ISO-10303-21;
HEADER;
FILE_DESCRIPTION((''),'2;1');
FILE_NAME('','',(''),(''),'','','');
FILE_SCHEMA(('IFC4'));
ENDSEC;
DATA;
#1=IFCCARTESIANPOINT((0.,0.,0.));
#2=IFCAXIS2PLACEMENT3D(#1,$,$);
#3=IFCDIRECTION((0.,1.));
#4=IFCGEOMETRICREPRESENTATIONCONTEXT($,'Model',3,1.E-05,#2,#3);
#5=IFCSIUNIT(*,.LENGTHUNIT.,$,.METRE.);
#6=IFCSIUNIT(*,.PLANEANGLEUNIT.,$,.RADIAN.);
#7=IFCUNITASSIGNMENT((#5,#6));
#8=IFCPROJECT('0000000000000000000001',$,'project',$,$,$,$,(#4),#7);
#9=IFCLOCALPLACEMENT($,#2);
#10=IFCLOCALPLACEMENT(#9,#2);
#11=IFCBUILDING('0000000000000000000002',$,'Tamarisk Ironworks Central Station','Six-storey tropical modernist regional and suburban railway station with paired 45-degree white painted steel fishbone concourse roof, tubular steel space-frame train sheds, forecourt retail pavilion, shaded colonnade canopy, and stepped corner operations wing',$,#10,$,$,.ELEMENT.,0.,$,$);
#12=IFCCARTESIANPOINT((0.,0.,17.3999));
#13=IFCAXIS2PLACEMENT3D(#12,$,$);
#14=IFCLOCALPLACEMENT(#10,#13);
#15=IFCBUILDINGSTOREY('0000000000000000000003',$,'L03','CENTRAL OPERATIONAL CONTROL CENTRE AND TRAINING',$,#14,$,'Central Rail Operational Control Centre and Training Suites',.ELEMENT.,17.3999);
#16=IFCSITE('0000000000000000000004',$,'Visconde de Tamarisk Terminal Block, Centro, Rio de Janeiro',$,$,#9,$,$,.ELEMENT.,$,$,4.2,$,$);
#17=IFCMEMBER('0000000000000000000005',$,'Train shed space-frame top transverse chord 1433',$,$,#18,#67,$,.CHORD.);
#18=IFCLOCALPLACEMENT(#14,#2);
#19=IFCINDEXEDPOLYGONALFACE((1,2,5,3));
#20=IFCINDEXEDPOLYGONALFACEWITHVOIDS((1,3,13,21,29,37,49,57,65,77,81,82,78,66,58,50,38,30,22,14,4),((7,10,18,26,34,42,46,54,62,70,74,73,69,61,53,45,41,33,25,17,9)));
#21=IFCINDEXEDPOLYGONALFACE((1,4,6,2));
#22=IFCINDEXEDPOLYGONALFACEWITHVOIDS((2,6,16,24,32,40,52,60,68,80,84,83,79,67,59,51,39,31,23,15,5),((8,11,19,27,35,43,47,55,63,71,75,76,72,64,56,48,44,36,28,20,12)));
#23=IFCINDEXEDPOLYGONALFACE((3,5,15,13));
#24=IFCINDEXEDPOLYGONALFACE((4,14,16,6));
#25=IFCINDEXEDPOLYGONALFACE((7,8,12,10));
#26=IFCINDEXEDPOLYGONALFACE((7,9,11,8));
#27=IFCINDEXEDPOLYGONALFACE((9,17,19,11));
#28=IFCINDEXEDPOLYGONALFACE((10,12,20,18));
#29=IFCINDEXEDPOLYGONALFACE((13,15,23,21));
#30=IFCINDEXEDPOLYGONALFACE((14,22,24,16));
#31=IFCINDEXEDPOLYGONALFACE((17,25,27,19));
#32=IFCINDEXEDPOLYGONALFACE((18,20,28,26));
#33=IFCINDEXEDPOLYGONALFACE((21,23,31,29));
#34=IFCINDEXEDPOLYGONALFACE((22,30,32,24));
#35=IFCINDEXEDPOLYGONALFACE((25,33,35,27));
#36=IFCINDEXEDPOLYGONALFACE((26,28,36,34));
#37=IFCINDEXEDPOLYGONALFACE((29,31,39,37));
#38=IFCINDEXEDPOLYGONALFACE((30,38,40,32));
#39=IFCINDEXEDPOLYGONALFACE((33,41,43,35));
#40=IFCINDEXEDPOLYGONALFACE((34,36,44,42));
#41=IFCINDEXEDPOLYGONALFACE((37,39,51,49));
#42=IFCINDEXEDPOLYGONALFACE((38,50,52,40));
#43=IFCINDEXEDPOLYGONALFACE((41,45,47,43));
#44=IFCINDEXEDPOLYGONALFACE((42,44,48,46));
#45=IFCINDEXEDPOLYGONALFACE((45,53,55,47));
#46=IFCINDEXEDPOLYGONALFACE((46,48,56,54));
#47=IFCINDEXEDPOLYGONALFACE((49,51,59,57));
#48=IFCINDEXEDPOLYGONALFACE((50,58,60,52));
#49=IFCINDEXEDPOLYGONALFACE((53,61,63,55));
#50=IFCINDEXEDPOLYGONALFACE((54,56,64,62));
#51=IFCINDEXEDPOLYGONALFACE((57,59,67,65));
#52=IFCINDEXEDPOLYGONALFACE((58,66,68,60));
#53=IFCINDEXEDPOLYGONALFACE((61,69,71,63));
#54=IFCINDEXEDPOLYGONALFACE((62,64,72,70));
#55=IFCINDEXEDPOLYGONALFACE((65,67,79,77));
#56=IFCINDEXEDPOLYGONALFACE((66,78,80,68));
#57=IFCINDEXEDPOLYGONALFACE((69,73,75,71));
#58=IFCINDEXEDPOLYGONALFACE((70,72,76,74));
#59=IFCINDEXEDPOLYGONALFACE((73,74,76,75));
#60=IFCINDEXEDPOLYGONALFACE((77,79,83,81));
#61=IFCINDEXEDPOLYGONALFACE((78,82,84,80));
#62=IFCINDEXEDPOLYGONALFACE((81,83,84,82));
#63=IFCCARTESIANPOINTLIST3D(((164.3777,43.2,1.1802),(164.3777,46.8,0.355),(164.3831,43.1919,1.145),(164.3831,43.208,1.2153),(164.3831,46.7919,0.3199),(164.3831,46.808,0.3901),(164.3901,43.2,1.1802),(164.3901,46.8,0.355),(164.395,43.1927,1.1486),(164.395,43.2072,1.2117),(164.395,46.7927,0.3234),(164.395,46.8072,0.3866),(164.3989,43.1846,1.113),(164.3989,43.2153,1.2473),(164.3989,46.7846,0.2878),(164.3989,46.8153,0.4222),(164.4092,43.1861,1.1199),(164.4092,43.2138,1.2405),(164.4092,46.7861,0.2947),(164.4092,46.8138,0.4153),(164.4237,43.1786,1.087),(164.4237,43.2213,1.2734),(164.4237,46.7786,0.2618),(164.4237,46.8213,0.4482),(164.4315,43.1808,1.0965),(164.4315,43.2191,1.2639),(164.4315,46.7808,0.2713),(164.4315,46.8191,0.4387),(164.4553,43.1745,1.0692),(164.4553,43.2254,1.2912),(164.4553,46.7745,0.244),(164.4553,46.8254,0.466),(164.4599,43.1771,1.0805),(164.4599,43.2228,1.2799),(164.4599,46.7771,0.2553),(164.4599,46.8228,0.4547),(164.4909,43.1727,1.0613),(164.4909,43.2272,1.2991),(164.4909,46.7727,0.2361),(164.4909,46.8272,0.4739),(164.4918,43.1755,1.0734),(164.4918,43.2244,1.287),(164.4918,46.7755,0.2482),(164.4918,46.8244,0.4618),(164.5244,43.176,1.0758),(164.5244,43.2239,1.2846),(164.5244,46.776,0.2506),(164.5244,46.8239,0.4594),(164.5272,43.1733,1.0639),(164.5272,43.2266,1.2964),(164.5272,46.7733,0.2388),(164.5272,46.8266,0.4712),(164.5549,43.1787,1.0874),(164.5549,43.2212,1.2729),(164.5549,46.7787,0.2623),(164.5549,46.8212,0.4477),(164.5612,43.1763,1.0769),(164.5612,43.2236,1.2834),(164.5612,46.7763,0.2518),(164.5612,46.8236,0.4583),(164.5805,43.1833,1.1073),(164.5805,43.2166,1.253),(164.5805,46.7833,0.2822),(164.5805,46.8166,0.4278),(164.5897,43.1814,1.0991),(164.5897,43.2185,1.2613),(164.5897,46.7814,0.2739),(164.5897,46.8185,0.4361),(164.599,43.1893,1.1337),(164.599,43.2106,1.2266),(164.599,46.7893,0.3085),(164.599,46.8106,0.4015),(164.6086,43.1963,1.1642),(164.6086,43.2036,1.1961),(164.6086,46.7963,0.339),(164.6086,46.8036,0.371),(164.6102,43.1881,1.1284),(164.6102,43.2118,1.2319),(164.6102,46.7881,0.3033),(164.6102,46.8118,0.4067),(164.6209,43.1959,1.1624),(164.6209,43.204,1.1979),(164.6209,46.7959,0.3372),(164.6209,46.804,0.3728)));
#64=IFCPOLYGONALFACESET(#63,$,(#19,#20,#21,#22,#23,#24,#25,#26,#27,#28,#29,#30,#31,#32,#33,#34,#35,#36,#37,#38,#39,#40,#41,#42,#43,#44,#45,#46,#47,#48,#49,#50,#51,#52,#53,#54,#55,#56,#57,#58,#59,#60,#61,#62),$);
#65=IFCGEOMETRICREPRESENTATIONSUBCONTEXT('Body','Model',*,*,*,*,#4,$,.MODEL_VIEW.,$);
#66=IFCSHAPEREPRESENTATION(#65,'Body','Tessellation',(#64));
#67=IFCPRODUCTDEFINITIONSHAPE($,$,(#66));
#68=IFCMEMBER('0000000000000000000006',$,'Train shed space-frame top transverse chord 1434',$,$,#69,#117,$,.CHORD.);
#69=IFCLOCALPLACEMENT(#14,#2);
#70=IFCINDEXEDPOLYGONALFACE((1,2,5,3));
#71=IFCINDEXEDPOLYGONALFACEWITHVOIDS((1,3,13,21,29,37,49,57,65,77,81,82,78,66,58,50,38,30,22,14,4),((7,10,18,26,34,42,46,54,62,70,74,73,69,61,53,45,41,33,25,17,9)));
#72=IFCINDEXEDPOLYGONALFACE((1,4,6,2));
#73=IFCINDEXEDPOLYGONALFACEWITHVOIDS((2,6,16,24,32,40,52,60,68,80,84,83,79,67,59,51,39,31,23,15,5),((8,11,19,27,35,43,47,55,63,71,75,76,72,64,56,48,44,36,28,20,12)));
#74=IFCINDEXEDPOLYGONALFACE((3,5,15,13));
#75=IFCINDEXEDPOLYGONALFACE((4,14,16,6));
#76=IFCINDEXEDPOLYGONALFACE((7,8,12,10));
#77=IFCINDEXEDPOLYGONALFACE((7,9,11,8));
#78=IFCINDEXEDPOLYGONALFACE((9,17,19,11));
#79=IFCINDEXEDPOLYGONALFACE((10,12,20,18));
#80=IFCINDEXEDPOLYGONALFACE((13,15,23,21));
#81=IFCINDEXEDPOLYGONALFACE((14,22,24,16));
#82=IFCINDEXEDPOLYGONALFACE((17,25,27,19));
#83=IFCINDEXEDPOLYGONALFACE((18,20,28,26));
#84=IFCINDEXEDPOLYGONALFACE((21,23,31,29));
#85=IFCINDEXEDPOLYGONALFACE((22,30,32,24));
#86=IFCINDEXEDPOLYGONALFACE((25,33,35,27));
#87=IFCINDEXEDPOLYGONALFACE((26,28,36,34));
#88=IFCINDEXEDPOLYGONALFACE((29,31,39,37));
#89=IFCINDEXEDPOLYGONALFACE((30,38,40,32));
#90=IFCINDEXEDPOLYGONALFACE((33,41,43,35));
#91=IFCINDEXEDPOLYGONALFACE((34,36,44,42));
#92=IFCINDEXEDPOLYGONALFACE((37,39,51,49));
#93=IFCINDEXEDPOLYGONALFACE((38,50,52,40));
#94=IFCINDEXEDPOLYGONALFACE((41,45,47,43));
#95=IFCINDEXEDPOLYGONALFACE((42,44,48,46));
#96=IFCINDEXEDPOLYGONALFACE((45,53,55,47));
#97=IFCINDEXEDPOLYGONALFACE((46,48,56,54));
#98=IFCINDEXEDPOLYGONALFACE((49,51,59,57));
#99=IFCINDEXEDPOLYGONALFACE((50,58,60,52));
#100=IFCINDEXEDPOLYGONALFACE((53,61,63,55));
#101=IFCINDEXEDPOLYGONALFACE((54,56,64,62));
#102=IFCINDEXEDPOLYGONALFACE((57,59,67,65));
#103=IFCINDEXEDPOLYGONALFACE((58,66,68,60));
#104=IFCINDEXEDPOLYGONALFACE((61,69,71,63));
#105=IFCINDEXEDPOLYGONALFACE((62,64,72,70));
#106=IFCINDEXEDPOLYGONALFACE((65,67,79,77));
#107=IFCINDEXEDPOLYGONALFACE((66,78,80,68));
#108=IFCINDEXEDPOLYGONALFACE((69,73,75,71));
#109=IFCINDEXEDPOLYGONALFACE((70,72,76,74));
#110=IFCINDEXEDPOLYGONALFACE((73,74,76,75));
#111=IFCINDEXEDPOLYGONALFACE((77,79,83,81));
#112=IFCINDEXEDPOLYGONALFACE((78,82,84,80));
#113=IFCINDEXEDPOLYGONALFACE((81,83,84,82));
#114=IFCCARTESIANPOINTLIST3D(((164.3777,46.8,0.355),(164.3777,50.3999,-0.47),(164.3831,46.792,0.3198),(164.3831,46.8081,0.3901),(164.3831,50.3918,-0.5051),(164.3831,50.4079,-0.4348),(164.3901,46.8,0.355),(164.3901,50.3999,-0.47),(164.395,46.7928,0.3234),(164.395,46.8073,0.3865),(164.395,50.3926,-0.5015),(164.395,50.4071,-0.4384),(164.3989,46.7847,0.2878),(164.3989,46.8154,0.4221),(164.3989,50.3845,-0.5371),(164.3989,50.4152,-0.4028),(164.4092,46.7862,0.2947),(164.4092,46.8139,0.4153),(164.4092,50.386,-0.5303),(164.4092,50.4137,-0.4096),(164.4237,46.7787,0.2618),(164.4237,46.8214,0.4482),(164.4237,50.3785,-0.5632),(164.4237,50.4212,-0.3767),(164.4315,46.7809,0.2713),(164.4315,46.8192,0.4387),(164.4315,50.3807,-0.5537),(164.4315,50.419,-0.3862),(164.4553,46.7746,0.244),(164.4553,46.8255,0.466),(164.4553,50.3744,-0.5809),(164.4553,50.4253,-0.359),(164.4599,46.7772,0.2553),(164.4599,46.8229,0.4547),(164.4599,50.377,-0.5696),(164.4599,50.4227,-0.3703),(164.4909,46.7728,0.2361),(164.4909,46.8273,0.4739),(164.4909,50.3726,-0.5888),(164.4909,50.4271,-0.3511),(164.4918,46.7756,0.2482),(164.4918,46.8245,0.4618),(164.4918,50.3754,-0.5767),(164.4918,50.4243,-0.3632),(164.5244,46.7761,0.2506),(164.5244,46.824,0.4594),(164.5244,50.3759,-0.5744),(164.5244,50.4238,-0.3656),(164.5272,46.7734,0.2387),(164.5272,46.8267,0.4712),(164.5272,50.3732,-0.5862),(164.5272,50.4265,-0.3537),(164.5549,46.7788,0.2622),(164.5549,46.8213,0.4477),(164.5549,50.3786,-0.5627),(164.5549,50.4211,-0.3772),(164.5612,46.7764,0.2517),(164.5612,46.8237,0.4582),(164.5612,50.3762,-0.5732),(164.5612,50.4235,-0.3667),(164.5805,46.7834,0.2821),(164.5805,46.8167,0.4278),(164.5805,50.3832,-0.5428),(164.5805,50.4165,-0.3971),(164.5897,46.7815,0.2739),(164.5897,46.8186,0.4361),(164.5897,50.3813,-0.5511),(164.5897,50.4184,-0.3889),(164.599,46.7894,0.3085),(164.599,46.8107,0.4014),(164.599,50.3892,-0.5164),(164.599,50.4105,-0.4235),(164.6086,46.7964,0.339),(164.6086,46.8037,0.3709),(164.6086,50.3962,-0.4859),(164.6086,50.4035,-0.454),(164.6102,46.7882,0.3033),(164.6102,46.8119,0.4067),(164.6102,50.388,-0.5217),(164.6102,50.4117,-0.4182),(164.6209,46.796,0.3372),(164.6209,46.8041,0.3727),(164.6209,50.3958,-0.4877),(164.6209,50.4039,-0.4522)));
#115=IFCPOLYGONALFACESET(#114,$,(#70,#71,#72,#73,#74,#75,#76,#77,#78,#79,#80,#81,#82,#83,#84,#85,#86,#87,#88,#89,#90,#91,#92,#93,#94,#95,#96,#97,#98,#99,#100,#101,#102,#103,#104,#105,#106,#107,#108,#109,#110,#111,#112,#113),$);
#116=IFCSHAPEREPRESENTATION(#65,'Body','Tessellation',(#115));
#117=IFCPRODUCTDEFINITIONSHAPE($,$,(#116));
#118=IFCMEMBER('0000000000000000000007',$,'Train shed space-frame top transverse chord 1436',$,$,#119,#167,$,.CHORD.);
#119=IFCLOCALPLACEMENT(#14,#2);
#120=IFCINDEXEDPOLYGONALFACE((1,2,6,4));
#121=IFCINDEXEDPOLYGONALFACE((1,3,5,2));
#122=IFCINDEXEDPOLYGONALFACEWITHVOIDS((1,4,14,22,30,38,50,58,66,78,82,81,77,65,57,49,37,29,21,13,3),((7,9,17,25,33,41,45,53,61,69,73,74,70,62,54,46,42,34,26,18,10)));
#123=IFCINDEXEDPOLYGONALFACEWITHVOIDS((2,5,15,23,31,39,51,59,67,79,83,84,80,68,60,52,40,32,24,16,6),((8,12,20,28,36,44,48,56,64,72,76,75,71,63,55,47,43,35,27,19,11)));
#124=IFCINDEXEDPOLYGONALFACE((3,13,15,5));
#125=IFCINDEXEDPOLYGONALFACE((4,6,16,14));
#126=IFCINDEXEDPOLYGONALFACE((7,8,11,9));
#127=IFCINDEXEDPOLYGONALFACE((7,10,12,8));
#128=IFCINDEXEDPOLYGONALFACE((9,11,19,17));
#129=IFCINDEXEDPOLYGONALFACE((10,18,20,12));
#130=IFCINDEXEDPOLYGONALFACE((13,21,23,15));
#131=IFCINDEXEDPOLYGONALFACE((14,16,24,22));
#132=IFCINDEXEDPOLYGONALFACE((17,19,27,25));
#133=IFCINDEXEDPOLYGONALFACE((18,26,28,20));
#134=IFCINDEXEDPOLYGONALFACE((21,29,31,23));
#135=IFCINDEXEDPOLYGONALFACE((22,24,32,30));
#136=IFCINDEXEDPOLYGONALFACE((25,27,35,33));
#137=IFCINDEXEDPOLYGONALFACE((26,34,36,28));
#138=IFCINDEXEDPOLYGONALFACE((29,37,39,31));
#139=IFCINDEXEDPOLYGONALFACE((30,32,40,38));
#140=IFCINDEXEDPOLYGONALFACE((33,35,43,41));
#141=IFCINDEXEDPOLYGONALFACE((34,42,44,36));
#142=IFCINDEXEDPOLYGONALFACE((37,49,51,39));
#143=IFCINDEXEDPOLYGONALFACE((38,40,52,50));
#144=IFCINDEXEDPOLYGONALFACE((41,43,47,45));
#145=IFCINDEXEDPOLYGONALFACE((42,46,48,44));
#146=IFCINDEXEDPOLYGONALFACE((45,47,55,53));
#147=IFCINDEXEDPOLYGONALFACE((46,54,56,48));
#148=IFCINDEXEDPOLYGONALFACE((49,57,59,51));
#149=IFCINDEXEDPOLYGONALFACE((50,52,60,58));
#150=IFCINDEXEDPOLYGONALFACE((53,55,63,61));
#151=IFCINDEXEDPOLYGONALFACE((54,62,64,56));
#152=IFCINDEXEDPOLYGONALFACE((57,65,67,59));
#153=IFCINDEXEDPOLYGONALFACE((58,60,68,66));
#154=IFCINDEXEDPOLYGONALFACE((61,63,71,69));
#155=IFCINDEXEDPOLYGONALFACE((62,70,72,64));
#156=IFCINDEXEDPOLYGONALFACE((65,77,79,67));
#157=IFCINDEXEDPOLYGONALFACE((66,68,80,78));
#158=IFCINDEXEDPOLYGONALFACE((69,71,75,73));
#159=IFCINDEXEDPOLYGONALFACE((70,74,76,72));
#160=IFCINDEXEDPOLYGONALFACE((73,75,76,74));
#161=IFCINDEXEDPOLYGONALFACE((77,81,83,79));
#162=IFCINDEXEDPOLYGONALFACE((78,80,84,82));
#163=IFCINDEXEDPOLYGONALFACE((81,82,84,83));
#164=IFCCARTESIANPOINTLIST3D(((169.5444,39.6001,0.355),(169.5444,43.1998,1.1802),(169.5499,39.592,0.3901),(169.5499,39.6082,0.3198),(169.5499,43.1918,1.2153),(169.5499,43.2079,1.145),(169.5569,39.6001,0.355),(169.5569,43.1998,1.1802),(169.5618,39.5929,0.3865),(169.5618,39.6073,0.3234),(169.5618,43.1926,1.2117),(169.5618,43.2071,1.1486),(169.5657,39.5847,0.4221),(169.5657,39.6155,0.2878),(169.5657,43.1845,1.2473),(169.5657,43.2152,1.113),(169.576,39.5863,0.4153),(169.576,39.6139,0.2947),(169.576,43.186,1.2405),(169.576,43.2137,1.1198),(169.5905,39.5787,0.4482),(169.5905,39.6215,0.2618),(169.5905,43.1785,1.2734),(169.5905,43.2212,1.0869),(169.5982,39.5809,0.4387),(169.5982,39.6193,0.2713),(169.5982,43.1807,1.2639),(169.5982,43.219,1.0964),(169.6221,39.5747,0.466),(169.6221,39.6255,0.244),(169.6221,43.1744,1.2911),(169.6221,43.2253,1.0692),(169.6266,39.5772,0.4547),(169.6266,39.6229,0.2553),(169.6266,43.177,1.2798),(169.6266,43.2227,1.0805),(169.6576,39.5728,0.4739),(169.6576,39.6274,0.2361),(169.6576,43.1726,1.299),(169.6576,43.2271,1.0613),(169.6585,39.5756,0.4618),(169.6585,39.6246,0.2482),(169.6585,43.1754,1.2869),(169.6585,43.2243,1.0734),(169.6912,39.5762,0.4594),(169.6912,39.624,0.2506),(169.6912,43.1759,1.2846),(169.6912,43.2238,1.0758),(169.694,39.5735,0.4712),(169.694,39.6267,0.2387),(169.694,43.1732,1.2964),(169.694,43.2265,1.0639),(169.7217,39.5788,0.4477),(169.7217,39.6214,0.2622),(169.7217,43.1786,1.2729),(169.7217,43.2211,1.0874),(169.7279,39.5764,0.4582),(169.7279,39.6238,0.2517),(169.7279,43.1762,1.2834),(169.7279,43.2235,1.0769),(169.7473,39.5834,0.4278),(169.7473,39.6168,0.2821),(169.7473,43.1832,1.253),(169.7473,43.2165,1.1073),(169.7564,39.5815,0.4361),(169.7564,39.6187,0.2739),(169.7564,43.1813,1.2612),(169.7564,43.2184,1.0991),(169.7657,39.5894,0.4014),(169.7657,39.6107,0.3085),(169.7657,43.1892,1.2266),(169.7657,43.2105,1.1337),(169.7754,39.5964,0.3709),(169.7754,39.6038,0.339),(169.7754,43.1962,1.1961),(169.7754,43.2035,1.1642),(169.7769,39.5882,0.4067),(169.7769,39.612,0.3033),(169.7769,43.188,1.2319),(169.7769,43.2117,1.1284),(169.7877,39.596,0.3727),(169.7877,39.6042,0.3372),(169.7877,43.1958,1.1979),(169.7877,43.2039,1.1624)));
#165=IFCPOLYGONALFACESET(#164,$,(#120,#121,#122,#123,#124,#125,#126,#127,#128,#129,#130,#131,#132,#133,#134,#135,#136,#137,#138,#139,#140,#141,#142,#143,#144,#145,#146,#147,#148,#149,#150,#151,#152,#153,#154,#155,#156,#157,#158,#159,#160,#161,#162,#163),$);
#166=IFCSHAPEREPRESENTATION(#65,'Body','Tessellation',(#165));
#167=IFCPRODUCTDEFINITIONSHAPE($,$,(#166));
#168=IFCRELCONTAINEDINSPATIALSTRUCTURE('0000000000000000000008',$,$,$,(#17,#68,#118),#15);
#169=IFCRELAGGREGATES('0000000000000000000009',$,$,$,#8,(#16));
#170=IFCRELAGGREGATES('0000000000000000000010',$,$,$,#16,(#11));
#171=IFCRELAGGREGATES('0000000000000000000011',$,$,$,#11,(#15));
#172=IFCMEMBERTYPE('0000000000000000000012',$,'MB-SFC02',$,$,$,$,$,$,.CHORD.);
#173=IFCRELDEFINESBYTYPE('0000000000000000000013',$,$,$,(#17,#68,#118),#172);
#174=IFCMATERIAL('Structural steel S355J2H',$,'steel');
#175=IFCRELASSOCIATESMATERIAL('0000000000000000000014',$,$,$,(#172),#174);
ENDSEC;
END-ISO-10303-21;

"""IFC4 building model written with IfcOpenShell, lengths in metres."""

from ifc_helpers import new_model, si_unit, direction, frame, origin, origin_2d, place, context, subcontext, project, spatial, hollow_circle, extrude, material, material_profile, profile_set, type_object, element, save


model = new_model("IFC4")

# Units and contexts
model_context = context("Model", 3, precision=1e-05, world=origin(), true_north=direction((0.0, 1.0)))
body_context = subcontext(model_context, "Body", "Model", "MODEL_VIEW")
ifc_project = project(units=[si_unit("LENGTHUNIT", "METRE"), si_unit("PLANEANGLEUNIT", "RADIAN")], contexts=[model_context])

# Site, building, storey
site_placement = place(None, origin())
site = spatial("IfcSite", under=ifc_project, at=site_placement, Name="Visconde de Tamarisk Terminal Block, Centro, Rio de Janeiro", CompositionType="ELEMENT", RefElevation=4.2)
building_placement = place(site_placement, origin())
building = spatial("IfcBuilding", under=site, at=building_placement, Name="Tamarisk Ironworks Central Station", Description="Six-storey tropical modernist regional and suburban railway station with paired 45-degree white painted steel fishbone concourse roof, tubular steel space-frame train sheds, forecourt retail pavilion, shaded colonnade canopy, and stepped corner operations wing", CompositionType="ELEMENT", ElevationOfRefHeight=0.0)
storey_placement = place(building_placement, frame((0.0, 0.0, 17.3999)))
storey = spatial("IfcBuildingStorey", under=building, at=storey_placement, Name="L03", Description="CENTRAL OPERATIONAL CONTROL CENTRE AND TRAINING", LongName="Central Rail Operational Control Centre and Training Suites", CompositionType="ELEMENT", Elevation=17.3999)

# Members
ifc_material = material(Name="Structural steel S355J2H", Category="steel")
ifc_material_profile_1 = material_profile(ifc_material, hollow_circle(Radius=0.1223, WallThickness=0.0125, at=origin_2d()), Name="CHS 244.5x12.5")
ifc_profile_set_1 = profile_set([ifc_material_profile_1], Name="Structural steel S355J2H")
member_type_1 = type_object("IfcMemberType", Name="MB-SFC02", PredefinedType="CHORD", material=ifc_profile_set_1)
member_1_placement = place(storey_placement, frame((164.5, 43.2, 1.1802), z_axis=(0.0, 0.974722, -0.223421), x_axis=(-1.0, 0.0, 0.0)))
element("IfcMember", 1, at=member_1_placement, inside=storey, type_object=member_type_1, Name="Train shed space-frame top transverse chord 1433", PredefinedType="CHORD", context=body_context, shape_type="SweptSolid", body=[
    extrude(hollow_circle(Radius=0.1223, WallThickness=0.0125, at=origin_2d()), origin(), (0.0, 0.0, 1.0), 3.6934),
])
for number, where, z_axis, x_axis, name in (
    (2, (164.5, 46.8, 0.355), (0.0, 0.974733, -0.223372), (-1.0, 0.0, 0.0), "Train shed space-frame top transverse chord 1434"),
    (3, (169.6667, 39.6001, 0.355), (0.0, 0.974719, 0.223435), (-1.0, 0.0, 0.0), "Train shed space-frame top transverse chord 1436"),
):
    element("IfcMember", number, at=place(storey_placement, frame(where, z_axis=z_axis, x_axis=x_axis)), inside=storey, type_object=member_type_1, Name=name, PredefinedType="CHORD", context=body_context, shape_type="SweptSolid", body=[
        extrude(hollow_circle(Radius=0.1223, WallThickness=0.0125, at=origin_2d()), origin(), (0.0, 0.0, 1.0), 3.6931),
    ])

save(model, "model.ifc")
